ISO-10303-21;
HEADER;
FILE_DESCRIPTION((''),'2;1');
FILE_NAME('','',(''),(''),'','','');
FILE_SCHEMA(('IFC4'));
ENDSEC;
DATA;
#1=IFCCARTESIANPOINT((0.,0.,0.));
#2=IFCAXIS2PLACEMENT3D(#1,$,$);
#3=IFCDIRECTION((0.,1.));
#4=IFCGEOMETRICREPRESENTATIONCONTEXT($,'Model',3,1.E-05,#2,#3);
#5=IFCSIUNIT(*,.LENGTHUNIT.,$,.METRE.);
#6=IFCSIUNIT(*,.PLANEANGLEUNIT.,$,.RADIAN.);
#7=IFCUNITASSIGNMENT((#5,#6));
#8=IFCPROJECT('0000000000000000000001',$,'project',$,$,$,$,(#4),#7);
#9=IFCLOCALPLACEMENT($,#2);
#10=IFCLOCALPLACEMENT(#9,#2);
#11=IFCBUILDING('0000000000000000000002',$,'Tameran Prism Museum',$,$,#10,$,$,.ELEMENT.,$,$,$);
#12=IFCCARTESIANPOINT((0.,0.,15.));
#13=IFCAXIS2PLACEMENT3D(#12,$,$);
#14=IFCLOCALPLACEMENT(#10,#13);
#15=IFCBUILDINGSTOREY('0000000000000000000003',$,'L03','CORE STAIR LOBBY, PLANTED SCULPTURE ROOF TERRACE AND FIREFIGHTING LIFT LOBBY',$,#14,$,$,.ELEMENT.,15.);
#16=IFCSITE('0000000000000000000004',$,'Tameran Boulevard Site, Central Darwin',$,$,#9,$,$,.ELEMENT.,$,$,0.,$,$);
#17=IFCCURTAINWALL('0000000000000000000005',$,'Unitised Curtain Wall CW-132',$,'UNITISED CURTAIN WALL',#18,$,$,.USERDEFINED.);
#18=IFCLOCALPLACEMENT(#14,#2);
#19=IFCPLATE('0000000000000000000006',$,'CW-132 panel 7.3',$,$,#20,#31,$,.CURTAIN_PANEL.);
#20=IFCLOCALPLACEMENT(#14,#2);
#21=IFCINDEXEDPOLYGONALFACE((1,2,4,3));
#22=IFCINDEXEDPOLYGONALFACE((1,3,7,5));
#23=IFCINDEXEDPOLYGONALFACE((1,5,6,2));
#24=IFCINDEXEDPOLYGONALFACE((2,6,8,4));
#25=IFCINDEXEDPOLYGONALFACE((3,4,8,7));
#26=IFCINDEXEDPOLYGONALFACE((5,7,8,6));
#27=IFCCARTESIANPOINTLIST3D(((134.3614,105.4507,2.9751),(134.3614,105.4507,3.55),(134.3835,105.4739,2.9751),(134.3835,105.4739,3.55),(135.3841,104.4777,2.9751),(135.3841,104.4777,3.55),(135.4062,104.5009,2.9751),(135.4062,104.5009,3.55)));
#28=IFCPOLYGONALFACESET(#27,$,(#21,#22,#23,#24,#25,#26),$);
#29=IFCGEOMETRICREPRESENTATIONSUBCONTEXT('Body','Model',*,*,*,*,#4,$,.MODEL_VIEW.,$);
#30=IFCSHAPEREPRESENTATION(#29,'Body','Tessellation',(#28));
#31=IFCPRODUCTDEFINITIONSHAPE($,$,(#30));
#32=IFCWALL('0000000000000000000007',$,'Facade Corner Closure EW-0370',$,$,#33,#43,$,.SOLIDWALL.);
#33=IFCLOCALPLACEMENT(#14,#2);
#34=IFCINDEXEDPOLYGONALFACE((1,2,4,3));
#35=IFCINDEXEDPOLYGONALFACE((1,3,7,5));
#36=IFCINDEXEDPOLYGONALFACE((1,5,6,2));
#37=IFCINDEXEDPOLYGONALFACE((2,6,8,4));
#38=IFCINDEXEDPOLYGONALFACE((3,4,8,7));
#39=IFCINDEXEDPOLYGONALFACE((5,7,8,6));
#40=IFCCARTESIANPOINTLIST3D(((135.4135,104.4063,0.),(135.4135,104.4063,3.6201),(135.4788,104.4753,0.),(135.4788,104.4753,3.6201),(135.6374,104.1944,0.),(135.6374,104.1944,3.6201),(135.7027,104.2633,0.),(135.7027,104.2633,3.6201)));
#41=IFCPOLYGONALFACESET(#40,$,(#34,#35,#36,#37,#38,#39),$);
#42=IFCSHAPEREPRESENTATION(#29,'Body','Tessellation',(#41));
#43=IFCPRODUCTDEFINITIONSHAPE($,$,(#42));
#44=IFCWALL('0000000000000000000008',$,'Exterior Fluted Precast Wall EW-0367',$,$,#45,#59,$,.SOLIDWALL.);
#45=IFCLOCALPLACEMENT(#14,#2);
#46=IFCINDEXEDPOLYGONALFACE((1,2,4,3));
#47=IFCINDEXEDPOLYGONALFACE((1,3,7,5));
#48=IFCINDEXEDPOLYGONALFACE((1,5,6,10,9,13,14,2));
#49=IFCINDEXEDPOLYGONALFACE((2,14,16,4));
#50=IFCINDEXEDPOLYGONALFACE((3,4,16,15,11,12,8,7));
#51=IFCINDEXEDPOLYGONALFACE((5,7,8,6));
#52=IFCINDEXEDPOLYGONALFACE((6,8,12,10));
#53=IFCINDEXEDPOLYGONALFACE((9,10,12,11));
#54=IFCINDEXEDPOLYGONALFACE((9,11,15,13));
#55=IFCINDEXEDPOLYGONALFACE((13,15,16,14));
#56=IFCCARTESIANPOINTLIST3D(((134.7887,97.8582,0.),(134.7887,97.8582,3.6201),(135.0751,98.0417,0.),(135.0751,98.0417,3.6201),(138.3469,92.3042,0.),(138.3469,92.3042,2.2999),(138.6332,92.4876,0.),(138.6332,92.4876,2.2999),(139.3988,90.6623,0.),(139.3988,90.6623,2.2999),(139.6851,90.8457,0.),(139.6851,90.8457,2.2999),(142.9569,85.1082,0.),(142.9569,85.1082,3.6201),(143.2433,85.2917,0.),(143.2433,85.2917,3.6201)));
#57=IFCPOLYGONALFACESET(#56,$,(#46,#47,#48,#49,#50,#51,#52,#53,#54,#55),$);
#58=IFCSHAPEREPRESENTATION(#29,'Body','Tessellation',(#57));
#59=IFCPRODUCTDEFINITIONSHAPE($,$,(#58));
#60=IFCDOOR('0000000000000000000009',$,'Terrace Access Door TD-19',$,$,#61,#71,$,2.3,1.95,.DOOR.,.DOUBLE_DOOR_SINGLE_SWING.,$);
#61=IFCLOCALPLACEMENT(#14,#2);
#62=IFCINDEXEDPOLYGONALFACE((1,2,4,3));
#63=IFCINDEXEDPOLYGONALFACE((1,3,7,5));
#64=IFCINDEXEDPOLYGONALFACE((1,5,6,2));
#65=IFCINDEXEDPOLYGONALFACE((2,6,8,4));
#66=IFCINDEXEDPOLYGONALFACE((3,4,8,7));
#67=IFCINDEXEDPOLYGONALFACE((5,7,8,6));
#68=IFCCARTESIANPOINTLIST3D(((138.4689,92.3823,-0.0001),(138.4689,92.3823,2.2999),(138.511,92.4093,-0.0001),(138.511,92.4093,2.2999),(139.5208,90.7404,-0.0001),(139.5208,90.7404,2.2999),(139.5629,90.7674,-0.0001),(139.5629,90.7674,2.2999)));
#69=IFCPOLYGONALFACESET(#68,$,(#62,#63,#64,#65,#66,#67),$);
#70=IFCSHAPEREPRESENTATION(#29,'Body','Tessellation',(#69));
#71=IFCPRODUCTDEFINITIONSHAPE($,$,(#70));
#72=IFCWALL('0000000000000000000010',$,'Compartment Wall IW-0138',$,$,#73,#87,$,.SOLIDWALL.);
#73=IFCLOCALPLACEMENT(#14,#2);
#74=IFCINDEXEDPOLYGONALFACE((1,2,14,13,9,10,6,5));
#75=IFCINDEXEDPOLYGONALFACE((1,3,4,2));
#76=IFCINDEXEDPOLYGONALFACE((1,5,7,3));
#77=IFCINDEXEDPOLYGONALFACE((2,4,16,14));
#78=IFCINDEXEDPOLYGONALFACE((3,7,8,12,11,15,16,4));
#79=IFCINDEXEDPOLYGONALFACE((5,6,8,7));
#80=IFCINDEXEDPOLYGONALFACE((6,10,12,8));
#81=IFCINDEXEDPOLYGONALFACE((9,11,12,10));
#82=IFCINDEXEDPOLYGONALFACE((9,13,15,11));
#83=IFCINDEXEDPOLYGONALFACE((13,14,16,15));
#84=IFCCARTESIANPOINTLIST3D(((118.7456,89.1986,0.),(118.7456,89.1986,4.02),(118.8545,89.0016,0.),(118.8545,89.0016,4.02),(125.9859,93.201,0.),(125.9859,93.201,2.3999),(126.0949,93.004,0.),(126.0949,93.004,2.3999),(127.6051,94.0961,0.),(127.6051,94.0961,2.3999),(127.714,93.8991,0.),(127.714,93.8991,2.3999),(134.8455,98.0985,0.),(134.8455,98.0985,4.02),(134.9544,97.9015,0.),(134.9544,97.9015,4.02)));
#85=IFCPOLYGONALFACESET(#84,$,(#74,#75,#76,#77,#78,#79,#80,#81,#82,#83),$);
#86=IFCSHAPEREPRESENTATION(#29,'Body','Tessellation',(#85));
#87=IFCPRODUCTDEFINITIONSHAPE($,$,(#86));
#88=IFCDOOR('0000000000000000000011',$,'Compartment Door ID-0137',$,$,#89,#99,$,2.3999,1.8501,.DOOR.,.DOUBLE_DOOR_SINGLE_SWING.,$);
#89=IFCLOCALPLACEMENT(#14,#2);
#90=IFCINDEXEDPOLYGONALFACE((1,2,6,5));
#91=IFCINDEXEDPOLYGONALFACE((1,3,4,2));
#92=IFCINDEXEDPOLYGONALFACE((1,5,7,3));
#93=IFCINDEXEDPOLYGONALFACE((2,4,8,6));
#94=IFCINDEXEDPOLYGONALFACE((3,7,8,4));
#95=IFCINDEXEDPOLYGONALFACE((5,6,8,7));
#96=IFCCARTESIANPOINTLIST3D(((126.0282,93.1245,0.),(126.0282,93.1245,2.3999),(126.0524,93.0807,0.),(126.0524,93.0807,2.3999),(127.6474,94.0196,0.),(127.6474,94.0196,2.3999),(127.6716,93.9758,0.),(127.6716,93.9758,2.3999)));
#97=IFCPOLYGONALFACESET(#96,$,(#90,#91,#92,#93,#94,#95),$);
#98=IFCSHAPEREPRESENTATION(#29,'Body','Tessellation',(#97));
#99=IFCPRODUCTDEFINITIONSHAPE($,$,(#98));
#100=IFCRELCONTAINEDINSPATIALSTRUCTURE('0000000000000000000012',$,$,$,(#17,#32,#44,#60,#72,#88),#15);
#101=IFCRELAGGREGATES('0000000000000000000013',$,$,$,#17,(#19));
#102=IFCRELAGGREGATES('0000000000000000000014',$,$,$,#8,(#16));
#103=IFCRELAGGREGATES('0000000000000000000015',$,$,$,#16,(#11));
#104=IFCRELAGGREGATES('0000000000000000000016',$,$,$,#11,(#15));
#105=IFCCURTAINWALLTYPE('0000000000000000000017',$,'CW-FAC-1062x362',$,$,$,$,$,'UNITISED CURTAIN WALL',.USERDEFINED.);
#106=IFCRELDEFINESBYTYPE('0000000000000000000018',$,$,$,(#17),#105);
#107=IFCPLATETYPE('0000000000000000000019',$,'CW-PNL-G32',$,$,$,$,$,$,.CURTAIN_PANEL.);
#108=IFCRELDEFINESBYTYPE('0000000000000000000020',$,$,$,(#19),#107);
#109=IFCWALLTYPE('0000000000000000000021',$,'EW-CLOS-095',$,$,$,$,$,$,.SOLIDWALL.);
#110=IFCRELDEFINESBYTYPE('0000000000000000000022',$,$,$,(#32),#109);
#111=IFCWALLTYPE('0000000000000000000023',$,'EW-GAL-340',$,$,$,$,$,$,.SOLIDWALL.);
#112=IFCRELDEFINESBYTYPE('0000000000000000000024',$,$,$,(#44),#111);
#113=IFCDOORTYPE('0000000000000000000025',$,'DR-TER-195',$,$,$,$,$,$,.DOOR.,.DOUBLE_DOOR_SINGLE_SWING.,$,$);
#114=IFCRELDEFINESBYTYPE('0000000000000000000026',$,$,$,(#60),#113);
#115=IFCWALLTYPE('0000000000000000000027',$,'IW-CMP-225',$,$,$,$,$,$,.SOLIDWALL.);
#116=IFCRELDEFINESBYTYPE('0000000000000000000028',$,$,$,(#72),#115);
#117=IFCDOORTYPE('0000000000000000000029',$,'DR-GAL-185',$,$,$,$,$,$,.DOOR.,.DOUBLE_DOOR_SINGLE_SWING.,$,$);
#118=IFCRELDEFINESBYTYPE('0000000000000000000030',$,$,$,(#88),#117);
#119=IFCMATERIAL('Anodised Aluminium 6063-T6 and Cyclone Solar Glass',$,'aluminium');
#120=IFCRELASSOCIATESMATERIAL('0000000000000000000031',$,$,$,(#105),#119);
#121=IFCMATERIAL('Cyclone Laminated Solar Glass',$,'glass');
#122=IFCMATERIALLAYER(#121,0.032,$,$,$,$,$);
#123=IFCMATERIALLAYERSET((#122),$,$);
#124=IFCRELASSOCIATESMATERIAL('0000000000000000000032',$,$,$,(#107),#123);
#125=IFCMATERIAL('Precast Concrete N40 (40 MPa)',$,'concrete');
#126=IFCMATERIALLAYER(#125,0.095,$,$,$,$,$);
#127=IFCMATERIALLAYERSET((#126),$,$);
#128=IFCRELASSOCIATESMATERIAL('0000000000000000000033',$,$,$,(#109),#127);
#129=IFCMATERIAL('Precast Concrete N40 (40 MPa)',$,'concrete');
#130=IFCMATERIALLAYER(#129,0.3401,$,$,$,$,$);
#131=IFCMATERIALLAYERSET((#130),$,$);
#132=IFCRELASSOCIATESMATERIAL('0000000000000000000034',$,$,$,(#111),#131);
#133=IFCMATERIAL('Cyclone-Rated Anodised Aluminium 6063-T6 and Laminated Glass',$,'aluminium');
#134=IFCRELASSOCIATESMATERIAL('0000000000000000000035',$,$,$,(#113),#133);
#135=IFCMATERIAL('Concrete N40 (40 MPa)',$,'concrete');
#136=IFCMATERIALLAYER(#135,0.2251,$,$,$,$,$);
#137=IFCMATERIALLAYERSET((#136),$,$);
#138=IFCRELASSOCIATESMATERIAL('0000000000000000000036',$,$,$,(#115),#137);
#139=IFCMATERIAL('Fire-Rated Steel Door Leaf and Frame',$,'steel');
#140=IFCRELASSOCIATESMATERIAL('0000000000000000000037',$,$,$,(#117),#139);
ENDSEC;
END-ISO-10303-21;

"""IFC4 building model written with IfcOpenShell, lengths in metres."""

from ifc_helpers import new_model, si_unit, direction, frame, frame_2d, origin, origin_2d, place, context, subcontext, project, spatial, rectangle, extrude, material, layer, layer_set, type_object, element, fill, aggregate, save


model = new_model("IFC4")

# Units and contexts
model_context = context("Model", 3, precision=1e-05, world=origin(), true_north=direction((0.0, 1.0)))
body_context = subcontext(model_context, "Body", "Model", "MODEL_VIEW")
ifc_project = project(units=[si_unit("LENGTHUNIT", "METRE"), si_unit("PLANEANGLEUNIT", "RADIAN")], contexts=[model_context])

# Site, building, storey
site_placement = place(None, origin())
site = spatial("IfcSite", under=ifc_project, at=site_placement, Name="Tameran Boulevard Site, Central Darwin", CompositionType="ELEMENT", RefElevation=0.0)
building_placement = place(site_placement, origin())
building = spatial("IfcBuilding", under=site, at=building_placement, Name="Tameran Prism Museum", CompositionType="ELEMENT")
storey_placement = place(building_placement, frame((0.0, 0.0, 15.0)))
storey = spatial("IfcBuildingStorey", under=building, at=storey_placement, Name="L03", Description="CORE STAIR LOBBY, PLANTED SCULPTURE ROOF TERRACE AND FIREFIGHTING LIFT LOBBY", CompositionType="ELEMENT", Elevation=15.0)

# Curtain wall, plate
ifc_material_1 = material(Name="Anodised Aluminium 6063-T6 and Cyclone Solar Glass", Category="aluminium")
curtain_wall_type = type_object("IfcCurtainWallType", Name="CW-FAC-1062x362", ElementType="UNITISED CURTAIN WALL", PredefinedType="USERDEFINED", material=ifc_material_1)
curtain_wall_placement = place(storey_placement, origin())
curtain_wall = element("IfcCurtainWall", 1, at=curtain_wall_placement, inside=storey, type_object=curtain_wall_type, Name="Unitised Curtain Wall CW-132", ObjectType="UNITISED CURTAIN WALL", PredefinedType="USERDEFINED")
ifc_material_2 = material(Name="Cyclone Laminated Solar Glass", Category="glass")
ifc_layer_1 = layer(ifc_material_2, 0.032)
ifc_layer_set_1 = layer_set([ifc_layer_1])
plate_type = type_object("IfcPlateType", Name="CW-PNL-G32", PredefinedType="CURTAIN_PANEL", material=ifc_layer_set_1)
plate_1_placement = place(storey_placement, frame((134.8838, 104.9758, 2.9751), z_axis=(0.0, 0.0, 1.0), x_axis=(0.724501, -0.689274, 0.0)))
plate_1 = element("IfcPlate", 2, at=plate_1_placement, type_object=plate_type, Name="CW-132 panel 7.3", PredefinedType="CURTAIN_PANEL", context=body_context, shape_type="SweptSolid", body=[
    extrude(rectangle(XDim=1.4116, YDim=0.032, at=origin_2d()), origin(), (0.0, 0.0, 1.0), 0.575),
])
aggregate(curtain_wall, [plate_1])

# Wall
ifc_material_3 = material(Name="Precast Concrete N40 (40 MPa)", Category="concrete")
ifc_layer_2 = layer(ifc_material_3, 0.095)
ifc_layer_set_2 = layer_set([ifc_layer_2])
wall_type_1 = type_object("IfcWallType", Name="EW-CLOS-095", PredefinedType="SOLIDWALL", material=ifc_layer_set_2)
wall_1_placement = place(storey_placement, frame((135.446, 104.4409, 0.0), z_axis=(0.0, 0.0, 1.0), x_axis=(0.726244, -0.687437, 0.0)))
element("IfcWall", 3, at=wall_1_placement, inside=storey, type_object=wall_type_1, Name="Facade Corner Closure EW-0370", PredefinedType="SOLIDWALL", context=body_context, shape_type="SweptSolid", body=[
    extrude(rectangle(XDim=0.3083, YDim=0.095, at=frame_2d((0.1543, 0.0))), origin(), (0.0, 0.0, 1.0), 3.6201),
])

# Walls, openings, doors
ifc_material_4 = material(Name="Precast Concrete N40 (40 MPa)", Category="concrete")
ifc_layer_3 = layer(ifc_material_4, 0.3401)
ifc_layer_set_3 = layer_set([ifc_layer_3])
wall_type_2 = type_object("IfcWallType", Name="EW-GAL-340", PredefinedType="SOLIDWALL", material=ifc_layer_set_3)
wall_2_placement = place(storey_placement, frame((134.9319, 97.95, 0.0), z_axis=(0.0, 0.0, 1.0), x_axis=(0.539438, -0.842025, 0.0)))
wall_2 = element("IfcWall", 4, at=wall_2_placement, inside=storey, type_object=wall_type_2, Name="Exterior Fluted Precast Wall EW-0367", PredefinedType="SOLIDWALL", context=body_context, shape_type="SweptSolid", body=[
    extrude(rectangle(XDim=15.1421, YDim=0.3401, at=frame_2d((7.571, 0.0))), origin(), (0.0, 0.0, 1.0), 3.6201),
])
opening_1_placement = place(wall_2_placement, frame((6.5959, 0.0, 0.0)))
opening_1 = element("IfcOpeningElement", 5, at=opening_1_placement, cuts=wall_2, PredefinedType="OPENING", context=body_context, shape_type="SweptSolid", body=[
    extrude(rectangle(XDim=1.95, YDim=2.3, at=frame_2d((0.9751, 1.1499))), frame((0.0, 0.1799, 0.0), z_axis=(0.0, -1.0, 0.0), x_axis=(1.0, 0.0, 0.0)), (0.0, 0.0, 1.0), 0.3601),
])
ifc_material_5 = material(Name="Cyclone-Rated Anodised Aluminium 6063-T6 and Laminated Glass", Category="aluminium")
door_type_1 = type_object("IfcDoorType", Name="DR-TER-195", OperationType="DOUBLE_DOOR_SINGLE_SWING", PredefinedType="DOOR", material=ifc_material_5)
door_1_placement = place(opening_1_placement, origin())
door_1 = element("IfcDoor", 6, at=door_1_placement, inside=storey, type_object=door_type_1, Name="Terrace Access Door TD-19", OperationType="DOUBLE_DOOR_SINGLE_SWING", OverallHeight=2.3, OverallWidth=1.95, PredefinedType="DOOR", context=body_context, shape_type="SweptSolid", body=[
    extrude(rectangle(XDim=1.95, YDim=2.3, at=frame_2d((0.9751, 1.1499))), frame((0.0, 0.0249, 0.0), z_axis=(0.0, -1.0, 0.0), x_axis=(1.0, 0.0, 0.0)), (0.0, 0.0, 1.0), 0.05),
])
fill(opening_1, door_1)
ifc_material_6 = material(Name="Concrete N40 (40 MPa)", Category="concrete")
ifc_layer_4 = layer(ifc_material_6, 0.2251)
ifc_layer_set_4 = layer_set([ifc_layer_4])
wall_type_3 = type_object("IfcWallType", Name="IW-CMP-225", PredefinedType="SOLIDWALL", material=ifc_layer_set_4)
wall_3_placement = place(storey_placement, frame((134.8999, 98.0, 0.0), z_axis=(0.0, 0.0, 1.0), x_axis=(-0.875181, -0.483795, 0.0)))
wall_3 = element("IfcWall", 7, at=wall_3_placement, inside=storey, type_object=wall_type_3, Name="Compartment Wall IW-0138", PredefinedType="SOLIDWALL", context=body_context, shape_type="SweptSolid", body=[
    extrude(rectangle(XDim=18.396, YDim=0.2251, at=frame_2d((9.198, 0.0))), origin(), (0.0, 0.0, 1.0), 4.02),
])
opening_2_placement = place(wall_3_placement, frame((8.2729, 0.0, 0.0)))
opening_2 = element("IfcOpeningElement", 8, at=opening_2_placement, cuts=wall_3, PredefinedType="OPENING", context=body_context, shape_type="SweptSolid", body=[
    extrude(rectangle(XDim=1.8501, YDim=2.3999, at=frame_2d((0.925, 1.2))), frame((0.0, 0.1226, 0.0), z_axis=(0.0, -1.0, 0.0), x_axis=(1.0, 0.0, 0.0)), (0.0, 0.0, 1.0), 0.2451),
])
ifc_material_7 = material(Name="Fire-Rated Steel Door Leaf and Frame", Category="steel")
door_type_2 = type_object("IfcDoorType", Name="DR-GAL-185", OperationType="DOUBLE_DOOR_SINGLE_SWING", PredefinedType="DOOR", material=ifc_material_7)
door_2_placement = place(opening_2_placement, origin())
door_2 = element("IfcDoor", 9, at=door_2_placement, inside=storey, type_object=door_type_2, Name="Compartment Door ID-0137", OperationType="DOUBLE_DOOR_SINGLE_SWING", OverallHeight=2.3999, OverallWidth=1.8501, PredefinedType="DOOR", context=body_context, shape_type="SweptSolid", body=[
    extrude(rectangle(XDim=1.8501, YDim=2.3999, at=frame_2d((0.925, 1.2))), frame((0.0, 0.0249, 0.0), z_axis=(0.0, -1.0, 0.0), x_axis=(1.0, 0.0, 0.0)), (0.0, 0.0, 1.0), 0.05),
])
fill(opening_2, door_2)

save(model, "model.ifc")
